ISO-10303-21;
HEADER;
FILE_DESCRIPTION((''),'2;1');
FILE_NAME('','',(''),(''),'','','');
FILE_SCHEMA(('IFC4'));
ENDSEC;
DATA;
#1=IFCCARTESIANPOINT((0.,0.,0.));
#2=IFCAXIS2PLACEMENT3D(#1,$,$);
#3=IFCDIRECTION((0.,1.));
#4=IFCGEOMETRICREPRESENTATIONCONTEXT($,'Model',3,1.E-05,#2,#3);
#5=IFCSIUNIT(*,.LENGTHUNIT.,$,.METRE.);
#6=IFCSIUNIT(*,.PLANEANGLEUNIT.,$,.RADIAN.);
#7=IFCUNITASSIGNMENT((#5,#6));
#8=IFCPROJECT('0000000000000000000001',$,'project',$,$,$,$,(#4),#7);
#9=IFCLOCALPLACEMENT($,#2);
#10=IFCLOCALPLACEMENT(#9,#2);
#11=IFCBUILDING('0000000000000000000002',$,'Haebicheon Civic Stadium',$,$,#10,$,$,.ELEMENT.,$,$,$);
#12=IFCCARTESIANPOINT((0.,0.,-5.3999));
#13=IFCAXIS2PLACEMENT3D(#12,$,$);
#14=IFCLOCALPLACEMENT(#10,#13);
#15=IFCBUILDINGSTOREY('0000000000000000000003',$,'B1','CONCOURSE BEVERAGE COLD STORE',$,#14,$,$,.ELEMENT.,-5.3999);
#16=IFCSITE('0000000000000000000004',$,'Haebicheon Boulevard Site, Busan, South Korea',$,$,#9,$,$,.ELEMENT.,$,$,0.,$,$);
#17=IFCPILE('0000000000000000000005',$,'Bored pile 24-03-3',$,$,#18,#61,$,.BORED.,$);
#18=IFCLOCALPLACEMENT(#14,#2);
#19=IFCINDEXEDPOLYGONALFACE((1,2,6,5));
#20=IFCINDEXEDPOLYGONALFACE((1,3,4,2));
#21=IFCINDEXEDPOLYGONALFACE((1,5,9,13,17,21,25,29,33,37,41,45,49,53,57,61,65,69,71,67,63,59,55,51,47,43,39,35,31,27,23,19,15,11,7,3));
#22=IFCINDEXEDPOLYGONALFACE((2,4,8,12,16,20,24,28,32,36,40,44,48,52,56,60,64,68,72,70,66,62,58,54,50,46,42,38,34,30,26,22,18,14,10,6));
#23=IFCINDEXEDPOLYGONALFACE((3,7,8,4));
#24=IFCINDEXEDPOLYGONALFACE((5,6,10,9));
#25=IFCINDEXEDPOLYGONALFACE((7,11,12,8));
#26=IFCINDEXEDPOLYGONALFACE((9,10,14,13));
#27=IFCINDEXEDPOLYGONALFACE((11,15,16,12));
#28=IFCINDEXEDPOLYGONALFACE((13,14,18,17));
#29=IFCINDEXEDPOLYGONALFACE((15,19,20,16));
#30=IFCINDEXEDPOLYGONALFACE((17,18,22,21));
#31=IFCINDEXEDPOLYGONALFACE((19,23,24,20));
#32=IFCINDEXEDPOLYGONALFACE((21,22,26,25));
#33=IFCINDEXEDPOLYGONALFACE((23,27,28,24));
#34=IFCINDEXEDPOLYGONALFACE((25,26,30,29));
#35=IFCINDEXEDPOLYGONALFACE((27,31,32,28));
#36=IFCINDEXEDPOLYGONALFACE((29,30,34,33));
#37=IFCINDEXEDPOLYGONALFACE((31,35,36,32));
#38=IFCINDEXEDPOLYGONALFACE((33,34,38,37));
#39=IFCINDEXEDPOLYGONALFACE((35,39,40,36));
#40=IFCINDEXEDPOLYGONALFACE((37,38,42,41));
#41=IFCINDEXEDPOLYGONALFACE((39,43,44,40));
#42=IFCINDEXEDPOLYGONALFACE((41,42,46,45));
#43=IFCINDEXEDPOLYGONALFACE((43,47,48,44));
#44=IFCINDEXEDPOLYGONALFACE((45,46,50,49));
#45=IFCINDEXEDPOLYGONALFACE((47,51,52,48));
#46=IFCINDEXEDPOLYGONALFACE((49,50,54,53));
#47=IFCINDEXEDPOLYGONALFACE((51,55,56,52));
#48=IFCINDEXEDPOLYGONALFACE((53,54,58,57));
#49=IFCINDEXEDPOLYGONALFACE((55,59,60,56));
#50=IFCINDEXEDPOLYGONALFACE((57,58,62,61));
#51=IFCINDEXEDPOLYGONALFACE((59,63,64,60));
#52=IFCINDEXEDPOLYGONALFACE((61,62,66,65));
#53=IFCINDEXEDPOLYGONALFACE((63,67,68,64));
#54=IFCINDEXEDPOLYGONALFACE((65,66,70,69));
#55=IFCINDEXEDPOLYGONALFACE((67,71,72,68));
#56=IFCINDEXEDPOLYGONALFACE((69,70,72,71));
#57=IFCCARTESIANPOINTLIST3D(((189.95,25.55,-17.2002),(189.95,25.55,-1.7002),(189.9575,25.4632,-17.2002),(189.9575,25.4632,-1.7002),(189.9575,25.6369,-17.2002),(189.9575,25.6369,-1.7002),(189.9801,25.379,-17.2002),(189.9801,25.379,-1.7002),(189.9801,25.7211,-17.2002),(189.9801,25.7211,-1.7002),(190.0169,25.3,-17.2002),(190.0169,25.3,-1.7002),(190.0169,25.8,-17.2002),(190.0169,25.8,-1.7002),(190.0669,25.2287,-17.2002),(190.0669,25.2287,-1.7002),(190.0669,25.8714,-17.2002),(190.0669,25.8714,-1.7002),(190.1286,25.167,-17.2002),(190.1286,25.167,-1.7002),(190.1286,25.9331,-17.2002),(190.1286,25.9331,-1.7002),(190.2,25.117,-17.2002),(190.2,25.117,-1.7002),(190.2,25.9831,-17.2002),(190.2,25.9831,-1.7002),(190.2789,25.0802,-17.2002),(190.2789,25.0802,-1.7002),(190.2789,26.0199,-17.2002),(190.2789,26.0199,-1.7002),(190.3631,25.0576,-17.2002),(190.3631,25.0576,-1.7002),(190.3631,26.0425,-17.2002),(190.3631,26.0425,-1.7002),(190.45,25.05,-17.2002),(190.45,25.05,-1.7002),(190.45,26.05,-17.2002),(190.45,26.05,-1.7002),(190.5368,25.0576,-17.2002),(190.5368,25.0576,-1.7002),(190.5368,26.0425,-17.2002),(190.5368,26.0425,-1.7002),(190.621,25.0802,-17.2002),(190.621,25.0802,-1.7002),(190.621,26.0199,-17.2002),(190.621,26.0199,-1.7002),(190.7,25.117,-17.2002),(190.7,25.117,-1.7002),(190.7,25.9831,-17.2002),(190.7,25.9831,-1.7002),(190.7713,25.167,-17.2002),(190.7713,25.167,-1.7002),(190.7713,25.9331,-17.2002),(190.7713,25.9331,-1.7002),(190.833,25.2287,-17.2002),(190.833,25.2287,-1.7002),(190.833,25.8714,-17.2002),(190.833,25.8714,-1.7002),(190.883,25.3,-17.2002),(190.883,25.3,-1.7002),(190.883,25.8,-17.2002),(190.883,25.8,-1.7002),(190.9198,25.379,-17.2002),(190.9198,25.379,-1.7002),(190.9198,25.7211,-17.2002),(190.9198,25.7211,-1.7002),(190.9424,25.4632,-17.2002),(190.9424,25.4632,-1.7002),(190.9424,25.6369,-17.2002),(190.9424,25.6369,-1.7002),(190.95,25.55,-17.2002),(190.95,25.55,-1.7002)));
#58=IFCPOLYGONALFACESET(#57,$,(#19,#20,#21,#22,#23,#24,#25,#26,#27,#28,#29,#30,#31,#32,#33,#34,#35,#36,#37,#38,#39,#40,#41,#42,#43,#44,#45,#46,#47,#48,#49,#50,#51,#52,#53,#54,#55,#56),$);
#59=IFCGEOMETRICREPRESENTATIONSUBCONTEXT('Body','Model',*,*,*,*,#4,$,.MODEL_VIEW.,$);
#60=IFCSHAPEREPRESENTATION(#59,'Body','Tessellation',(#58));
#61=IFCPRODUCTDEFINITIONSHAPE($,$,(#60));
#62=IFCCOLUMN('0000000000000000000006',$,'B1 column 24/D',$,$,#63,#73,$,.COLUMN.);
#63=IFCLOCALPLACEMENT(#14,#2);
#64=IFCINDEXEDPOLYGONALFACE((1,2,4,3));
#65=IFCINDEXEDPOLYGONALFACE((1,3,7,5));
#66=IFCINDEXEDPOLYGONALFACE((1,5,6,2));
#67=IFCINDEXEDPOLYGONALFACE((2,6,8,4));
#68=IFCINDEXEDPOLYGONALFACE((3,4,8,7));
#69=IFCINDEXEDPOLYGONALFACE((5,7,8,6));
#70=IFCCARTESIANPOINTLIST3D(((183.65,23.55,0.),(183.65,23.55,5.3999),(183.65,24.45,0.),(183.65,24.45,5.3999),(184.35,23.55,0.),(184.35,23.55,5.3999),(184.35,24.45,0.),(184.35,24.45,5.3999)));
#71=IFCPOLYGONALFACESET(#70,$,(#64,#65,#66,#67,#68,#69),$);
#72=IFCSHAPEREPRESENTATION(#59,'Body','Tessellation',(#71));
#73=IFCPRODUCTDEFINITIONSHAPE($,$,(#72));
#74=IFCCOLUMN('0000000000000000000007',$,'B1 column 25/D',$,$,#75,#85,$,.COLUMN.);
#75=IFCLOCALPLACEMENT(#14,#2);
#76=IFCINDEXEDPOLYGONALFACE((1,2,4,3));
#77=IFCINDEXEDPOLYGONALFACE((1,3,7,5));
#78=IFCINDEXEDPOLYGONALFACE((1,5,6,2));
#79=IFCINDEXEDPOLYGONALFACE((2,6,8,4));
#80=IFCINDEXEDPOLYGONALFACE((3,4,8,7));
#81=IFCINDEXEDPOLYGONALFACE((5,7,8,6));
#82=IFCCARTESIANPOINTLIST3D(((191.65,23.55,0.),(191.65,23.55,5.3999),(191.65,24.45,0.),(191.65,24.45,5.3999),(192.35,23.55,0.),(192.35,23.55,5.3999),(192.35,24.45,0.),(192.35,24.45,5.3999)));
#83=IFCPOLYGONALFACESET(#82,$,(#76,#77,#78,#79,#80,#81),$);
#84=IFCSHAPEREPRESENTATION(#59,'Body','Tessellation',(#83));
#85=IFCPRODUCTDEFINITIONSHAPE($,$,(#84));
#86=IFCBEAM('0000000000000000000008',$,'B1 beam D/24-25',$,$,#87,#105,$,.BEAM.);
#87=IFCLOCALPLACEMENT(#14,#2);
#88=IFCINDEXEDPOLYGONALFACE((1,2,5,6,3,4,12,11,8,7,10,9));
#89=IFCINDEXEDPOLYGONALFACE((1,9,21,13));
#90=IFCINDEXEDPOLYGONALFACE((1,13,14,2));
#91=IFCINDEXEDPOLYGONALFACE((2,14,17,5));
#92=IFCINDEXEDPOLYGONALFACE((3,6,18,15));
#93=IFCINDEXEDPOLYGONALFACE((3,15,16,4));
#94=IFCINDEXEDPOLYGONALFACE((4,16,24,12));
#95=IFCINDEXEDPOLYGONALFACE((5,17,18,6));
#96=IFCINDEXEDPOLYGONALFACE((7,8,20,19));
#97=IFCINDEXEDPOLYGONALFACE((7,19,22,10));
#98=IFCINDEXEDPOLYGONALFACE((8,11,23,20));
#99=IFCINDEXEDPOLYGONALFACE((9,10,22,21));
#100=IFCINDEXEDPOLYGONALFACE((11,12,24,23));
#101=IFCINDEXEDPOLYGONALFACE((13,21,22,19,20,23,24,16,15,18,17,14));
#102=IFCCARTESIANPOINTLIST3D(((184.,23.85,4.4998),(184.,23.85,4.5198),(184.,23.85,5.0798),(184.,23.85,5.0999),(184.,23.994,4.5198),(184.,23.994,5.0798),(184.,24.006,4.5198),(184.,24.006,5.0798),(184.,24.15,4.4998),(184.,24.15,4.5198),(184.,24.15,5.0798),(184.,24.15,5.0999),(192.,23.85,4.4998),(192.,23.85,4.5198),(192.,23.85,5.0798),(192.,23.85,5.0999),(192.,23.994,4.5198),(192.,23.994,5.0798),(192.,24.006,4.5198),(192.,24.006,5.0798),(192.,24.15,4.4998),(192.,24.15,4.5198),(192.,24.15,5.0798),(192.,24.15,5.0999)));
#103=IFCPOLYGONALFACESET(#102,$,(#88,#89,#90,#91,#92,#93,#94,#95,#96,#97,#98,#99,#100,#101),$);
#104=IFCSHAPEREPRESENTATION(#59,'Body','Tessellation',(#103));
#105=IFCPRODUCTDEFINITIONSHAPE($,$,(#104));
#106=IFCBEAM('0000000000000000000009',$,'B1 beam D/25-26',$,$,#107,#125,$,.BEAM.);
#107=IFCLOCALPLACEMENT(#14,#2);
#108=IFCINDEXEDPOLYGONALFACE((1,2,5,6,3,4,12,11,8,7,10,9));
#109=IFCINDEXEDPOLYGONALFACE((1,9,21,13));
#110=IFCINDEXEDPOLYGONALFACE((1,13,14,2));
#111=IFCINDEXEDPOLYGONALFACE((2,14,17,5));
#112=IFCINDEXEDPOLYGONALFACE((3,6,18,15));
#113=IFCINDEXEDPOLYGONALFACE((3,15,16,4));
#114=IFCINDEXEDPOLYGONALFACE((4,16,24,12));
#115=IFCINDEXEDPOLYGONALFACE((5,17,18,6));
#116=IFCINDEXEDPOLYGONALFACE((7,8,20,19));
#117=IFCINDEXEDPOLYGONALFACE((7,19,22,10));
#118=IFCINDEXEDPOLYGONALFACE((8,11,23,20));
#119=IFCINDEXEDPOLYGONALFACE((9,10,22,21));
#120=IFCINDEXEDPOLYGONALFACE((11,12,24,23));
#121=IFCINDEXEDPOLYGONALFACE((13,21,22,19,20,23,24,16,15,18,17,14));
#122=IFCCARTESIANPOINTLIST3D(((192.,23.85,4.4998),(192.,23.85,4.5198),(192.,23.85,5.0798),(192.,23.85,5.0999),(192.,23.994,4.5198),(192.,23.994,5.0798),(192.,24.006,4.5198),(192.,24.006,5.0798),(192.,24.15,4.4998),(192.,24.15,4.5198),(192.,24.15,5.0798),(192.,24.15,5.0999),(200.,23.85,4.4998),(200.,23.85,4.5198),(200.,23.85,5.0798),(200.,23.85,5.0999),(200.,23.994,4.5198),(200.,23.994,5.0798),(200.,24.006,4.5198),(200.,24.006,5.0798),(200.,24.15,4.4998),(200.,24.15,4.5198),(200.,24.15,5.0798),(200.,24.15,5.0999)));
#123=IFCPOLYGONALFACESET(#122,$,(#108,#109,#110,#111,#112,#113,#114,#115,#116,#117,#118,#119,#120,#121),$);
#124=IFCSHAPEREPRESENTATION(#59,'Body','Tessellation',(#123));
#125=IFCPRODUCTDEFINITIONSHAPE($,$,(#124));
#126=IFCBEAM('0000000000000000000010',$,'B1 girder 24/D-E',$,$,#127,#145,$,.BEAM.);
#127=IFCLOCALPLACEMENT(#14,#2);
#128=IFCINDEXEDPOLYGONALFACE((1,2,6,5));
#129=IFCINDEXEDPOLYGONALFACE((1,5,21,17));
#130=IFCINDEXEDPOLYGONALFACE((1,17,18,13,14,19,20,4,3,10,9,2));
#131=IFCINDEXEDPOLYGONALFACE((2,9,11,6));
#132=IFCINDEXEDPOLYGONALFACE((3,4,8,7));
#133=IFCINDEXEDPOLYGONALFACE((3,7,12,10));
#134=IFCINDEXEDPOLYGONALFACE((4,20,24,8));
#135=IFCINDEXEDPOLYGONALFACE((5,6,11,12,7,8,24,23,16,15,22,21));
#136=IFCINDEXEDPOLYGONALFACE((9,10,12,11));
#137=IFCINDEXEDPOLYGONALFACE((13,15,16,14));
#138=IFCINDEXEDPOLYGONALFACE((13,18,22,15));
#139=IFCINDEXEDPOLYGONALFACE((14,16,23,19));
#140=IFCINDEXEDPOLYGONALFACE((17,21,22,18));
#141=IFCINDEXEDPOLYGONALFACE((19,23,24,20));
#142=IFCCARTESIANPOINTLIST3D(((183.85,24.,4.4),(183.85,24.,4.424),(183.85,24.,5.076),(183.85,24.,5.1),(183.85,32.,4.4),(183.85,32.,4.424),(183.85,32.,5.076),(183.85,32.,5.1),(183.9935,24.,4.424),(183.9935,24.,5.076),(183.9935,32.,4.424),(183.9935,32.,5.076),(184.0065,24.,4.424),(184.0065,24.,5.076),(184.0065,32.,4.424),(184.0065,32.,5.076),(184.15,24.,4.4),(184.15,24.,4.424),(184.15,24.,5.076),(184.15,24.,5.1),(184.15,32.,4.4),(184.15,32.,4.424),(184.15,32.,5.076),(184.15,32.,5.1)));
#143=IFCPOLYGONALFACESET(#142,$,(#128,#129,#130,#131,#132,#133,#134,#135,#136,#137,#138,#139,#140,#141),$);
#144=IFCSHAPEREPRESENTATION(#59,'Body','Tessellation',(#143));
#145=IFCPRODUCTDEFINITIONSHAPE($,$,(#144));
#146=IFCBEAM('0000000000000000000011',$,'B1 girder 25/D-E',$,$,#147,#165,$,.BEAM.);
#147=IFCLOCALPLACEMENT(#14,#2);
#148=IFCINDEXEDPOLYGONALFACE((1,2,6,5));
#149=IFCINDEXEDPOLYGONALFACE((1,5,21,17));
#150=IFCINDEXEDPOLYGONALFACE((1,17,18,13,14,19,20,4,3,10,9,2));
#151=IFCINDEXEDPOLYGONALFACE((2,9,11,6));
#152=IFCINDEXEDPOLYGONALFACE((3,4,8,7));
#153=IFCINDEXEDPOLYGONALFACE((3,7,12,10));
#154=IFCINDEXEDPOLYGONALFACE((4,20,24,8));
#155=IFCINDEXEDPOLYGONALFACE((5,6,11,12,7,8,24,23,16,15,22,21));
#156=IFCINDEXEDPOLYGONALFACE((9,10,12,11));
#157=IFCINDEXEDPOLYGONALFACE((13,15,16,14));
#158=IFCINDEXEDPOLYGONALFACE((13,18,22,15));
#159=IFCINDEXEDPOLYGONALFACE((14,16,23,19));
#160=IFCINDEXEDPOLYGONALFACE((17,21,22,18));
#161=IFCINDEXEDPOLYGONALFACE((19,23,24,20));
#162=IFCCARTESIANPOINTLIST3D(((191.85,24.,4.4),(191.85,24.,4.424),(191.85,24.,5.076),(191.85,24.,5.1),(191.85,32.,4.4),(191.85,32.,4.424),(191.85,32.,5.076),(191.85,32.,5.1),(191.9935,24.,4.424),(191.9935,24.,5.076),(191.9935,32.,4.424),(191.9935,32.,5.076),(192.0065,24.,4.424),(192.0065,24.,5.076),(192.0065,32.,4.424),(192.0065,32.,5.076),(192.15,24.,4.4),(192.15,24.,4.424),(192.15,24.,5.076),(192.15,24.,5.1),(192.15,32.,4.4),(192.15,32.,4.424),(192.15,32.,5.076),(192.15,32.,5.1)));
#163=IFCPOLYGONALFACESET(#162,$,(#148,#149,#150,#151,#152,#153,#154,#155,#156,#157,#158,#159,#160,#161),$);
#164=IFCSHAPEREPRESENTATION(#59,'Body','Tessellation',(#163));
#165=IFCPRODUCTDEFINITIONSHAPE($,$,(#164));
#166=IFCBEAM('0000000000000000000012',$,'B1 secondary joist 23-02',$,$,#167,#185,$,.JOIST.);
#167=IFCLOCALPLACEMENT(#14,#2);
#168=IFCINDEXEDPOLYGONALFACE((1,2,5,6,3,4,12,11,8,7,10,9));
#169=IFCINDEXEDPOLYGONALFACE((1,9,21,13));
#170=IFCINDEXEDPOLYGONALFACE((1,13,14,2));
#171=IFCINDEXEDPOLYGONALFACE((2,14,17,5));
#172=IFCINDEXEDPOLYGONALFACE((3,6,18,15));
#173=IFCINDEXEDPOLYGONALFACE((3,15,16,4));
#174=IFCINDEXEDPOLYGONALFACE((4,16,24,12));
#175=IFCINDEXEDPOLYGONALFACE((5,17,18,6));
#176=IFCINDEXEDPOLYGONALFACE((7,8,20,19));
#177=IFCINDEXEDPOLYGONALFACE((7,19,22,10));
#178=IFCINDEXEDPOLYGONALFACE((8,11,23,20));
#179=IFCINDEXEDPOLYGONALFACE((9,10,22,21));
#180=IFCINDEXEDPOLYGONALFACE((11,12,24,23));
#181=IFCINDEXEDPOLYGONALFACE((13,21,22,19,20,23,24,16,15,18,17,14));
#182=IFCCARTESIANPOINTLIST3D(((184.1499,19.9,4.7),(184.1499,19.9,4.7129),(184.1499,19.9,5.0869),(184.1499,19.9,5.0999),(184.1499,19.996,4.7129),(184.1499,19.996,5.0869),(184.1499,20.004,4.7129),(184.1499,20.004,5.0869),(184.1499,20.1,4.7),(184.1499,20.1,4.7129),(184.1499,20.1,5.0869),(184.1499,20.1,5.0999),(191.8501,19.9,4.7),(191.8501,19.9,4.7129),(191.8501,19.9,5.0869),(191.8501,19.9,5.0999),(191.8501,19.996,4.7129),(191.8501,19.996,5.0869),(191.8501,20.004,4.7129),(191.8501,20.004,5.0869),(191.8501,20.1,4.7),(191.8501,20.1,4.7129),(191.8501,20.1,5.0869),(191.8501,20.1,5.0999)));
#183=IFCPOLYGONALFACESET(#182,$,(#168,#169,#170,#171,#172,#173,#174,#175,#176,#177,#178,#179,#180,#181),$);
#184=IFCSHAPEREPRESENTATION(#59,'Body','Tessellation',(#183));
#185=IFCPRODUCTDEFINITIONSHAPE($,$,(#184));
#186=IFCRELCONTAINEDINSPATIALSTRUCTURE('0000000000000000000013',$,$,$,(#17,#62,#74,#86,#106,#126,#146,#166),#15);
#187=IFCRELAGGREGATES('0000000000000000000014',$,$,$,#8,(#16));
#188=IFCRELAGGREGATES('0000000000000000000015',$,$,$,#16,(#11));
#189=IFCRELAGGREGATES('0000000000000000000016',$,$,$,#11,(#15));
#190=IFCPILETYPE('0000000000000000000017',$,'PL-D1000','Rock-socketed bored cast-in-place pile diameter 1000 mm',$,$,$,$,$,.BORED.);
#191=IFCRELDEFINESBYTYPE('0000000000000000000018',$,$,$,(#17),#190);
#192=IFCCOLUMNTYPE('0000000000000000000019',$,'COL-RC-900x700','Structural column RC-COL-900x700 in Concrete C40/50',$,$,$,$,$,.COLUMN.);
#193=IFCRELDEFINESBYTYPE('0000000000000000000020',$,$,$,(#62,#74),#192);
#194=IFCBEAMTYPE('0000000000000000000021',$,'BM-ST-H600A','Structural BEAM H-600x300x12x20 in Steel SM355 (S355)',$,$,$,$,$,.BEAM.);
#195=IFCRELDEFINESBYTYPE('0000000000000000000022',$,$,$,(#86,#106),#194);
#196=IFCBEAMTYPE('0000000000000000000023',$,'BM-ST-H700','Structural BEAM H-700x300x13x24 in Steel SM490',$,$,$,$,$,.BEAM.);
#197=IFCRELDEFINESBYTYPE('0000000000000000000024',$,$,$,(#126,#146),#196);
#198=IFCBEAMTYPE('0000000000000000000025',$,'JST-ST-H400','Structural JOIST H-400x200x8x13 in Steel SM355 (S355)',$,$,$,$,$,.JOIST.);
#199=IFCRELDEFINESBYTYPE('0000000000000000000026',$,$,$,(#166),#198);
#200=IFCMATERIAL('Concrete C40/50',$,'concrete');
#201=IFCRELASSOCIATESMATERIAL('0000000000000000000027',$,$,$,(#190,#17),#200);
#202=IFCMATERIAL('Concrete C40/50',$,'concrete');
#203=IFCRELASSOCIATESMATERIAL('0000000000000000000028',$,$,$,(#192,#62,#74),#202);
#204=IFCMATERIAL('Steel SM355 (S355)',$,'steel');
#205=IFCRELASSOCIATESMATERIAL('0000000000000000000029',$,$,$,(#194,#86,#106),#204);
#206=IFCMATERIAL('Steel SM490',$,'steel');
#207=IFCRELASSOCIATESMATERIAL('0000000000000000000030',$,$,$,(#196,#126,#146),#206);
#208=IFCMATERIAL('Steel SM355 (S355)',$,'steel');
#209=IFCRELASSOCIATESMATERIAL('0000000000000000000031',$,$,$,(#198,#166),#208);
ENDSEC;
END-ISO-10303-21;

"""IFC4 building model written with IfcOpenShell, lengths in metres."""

from ifc_helpers import new_model, si_unit, direction, frame, origin, origin_2d, place, context, subcontext, project, spatial, rectangle, circle, i_section, extrude, material, material_profile, profile_set, type_object, element, save


model = new_model("IFC4")

# Units and contexts
model_context = context("Model", 3, precision=1e-05, world=origin(), true_north=direction((0.0, 1.0)))
body_context = subcontext(model_context, "Body", "Model", "MODEL_VIEW")
ifc_project = project(units=[si_unit("LENGTHUNIT", "METRE"), si_unit("PLANEANGLEUNIT", "RADIAN")], contexts=[model_context])

# Site, building, storey
site_placement = place(None, origin())
site = spatial("IfcSite", under=ifc_project, at=site_placement, Name="Haebicheon Boulevard Site, Busan, South Korea", CompositionType="ELEMENT", RefElevation=0.0)
building_placement = place(site_placement, origin())
building = spatial("IfcBuilding", under=site, at=building_placement, Name="Haebicheon Civic Stadium", CompositionType="ELEMENT")
storey_placement = place(building_placement, frame((0.0, 0.0, -5.3999)))
storey = spatial("IfcBuildingStorey", under=building, at=storey_placement, Name="B1", Description="CONCOURSE BEVERAGE COLD STORE", CompositionType="ELEMENT", Elevation=-5.3999)

# Pile
ifc_material_1 = material(Name="Concrete C40/50", Category="concrete")
ifc_material_profile_1 = material_profile(ifc_material_1, circle(Radius=0.5, at=origin_2d()), Name="PILE-D1000")
ifc_profile_set_1 = profile_set([ifc_material_profile_1], Name="Concrete C40/50")
pile_type = type_object("IfcPileType", Name="PL-D1000", Description="Rock-socketed bored cast-in-place pile diameter 1000 mm", PredefinedType="BORED", material=ifc_profile_set_1)
for number, where, z_axis, x_axis, name in (
    (1, (190.45, 25.55, -1.7002), (0.0, 0.0, -1.0), (1.0, 0.0, 0.0), "Bored pile 24-03-3"),
):
    element("IfcPile", number, at=place(storey_placement, frame(where, z_axis=z_axis, x_axis=x_axis)), inside=storey, type_object=pile_type, material=ifc_profile_set_1, Name=name, PredefinedType="BORED", context=body_context, shape_type="SweptSolid", body=[
        extrude(circle(Radius=0.5, at=origin_2d()), origin(), (0.0, 0.0, 1.0), 15.5),
    ])

# Columns
ifc_material_2 = material(Name="Concrete C40/50", Category="concrete")
ifc_material_profile_2 = material_profile(ifc_material_2, rectangle(XDim=0.7, YDim=0.8999, at=origin_2d()), Name="RC-COL-900x700")
ifc_profile_set_2 = profile_set([ifc_material_profile_2], Name="Concrete C40/50")
column_type = type_object("IfcColumnType", Name="COL-RC-900x700", Description="Structural column RC-COL-900x700 in Concrete C40/50", PredefinedType="COLUMN", material=ifc_profile_set_2)
for number, where, z_axis, x_axis, name in (
    (2, (184.0, 24.0, 0.0), (0.0, 0.0, 1.0), (1.0, 0.0, 0.0), "B1 column 24/D"),
    (3, (192.0, 24.0, 0.0), (0.0, 0.0, 1.0), (1.0, 0.0, 0.0), "B1 column 25/D"),
):
    element("IfcColumn", number, at=place(storey_placement, frame(where, z_axis=z_axis, x_axis=x_axis)), inside=storey, type_object=column_type, material=ifc_profile_set_2, Name=name, PredefinedType="COLUMN", context=body_context, shape_type="SweptSolid", body=[
        extrude(rectangle(XDim=0.7, YDim=0.8999, at=origin_2d()), origin(), (0.0, 0.0, 1.0), 5.3999),
    ])

# Beams
ifc_material_3 = material(Name="Steel SM355 (S355)", Category="steel")
ifc_material_profile_3 = material_profile(ifc_material_3, i_section(OverallWidth=0.3, OverallDepth=0.6001, WebThickness=0.012, FlangeThickness=0.02, at=origin_2d()), Name="H-600x300x12x20")
ifc_profile_set_3 = profile_set([ifc_material_profile_3], Name="Steel SM355 (S355)")
beam_type_1 = type_object("IfcBeamType", Name="BM-ST-H600A", Description="Structural BEAM H-600x300x12x20 in Steel SM355 (S355)", PredefinedType="BEAM", material=ifc_profile_set_3)
for number, where, z_axis, x_axis, name in (
    (4, (184.0, 24.0, 4.7998), (1.0, 0.0, 0.0), (0.0, 1.0, 0.0), "B1 beam D/24-25"),
    (5, (192.0, 24.0, 4.7998), (1.0, 0.0, 0.0), (0.0, 1.0, 0.0), "B1 beam D/25-26"),
):
    element("IfcBeam", number, at=place(storey_placement, frame(where, z_axis=z_axis, x_axis=x_axis)), inside=storey, type_object=beam_type_1, material=ifc_profile_set_3, Name=name, PredefinedType="BEAM", context=body_context, shape_type="SweptSolid", body=[
        extrude(i_section(OverallWidth=0.3, OverallDepth=0.6001, WebThickness=0.012, FlangeThickness=0.02, at=origin_2d()), origin(), (0.0, 0.0, 1.0), 8.0),
    ])
ifc_material_4 = material(Name="Steel SM490", Category="steel")
ifc_material_profile_4 = material_profile(ifc_material_4, i_section(OverallWidth=0.3, OverallDepth=0.7, WebThickness=0.0129, FlangeThickness=0.0239, at=origin_2d()), Name="H-700x300x13x24")
ifc_profile_set_4 = profile_set([ifc_material_profile_4], Name="Steel SM490")
beam_type_2 = type_object("IfcBeamType", Name="BM-ST-H700", Description="Structural BEAM H-700x300x13x24 in Steel SM490", PredefinedType="BEAM", material=ifc_profile_set_4)
for number, where, z_axis, x_axis, name in (
    (6, (184.0, 24.0, 4.75), (0.0, 1.0, 0.0), (-1.0, 0.0, 0.0), "B1 girder 24/D-E"),
    (7, (192.0, 24.0, 4.75), (0.0, 1.0, 0.0), (-1.0, 0.0, 0.0), "B1 girder 25/D-E"),
):
    element("IfcBeam", number, at=place(storey_placement, frame(where, z_axis=z_axis, x_axis=x_axis)), inside=storey, type_object=beam_type_2, material=ifc_profile_set_4, Name=name, PredefinedType="BEAM", context=body_context, shape_type="SweptSolid", body=[
        extrude(i_section(OverallWidth=0.3, OverallDepth=0.7, WebThickness=0.0129, FlangeThickness=0.0239, at=origin_2d()), origin(), (0.0, 0.0, 1.0), 8.0),
    ])
ifc_material_5 = material(Name="Steel SM355 (S355)", Category="steel")
ifc_material_profile_5 = material_profile(ifc_material_5, i_section(OverallWidth=0.2, OverallDepth=0.3999, WebThickness=0.0081, FlangeThickness=0.0129, at=origin_2d()), Name="H-400x200x8x13")
ifc_profile_set_5 = profile_set([ifc_material_profile_5], Name="Steel SM355 (S355)")
beam_type_3 = type_object("IfcBeamType", Name="JST-ST-H400", Description="Structural JOIST H-400x200x8x13 in Steel SM355 (S355)", PredefinedType="JOIST", material=ifc_profile_set_5)
for number, where, z_axis, x_axis, name in (
    (8, (184.1499, 20.0, 4.8999), (1.0, 0.0, 0.0), (0.0, 1.0, 0.0), "B1 secondary joist 23-02"),
):
    element("IfcBeam", number, at=place(storey_placement, frame(where, z_axis=z_axis, x_axis=x_axis)), inside=storey, type_object=beam_type_3, material=ifc_profile_set_5, Name=name, PredefinedType="JOIST", context=body_context, shape_type="SweptSolid", body=[
        extrude(i_section(OverallWidth=0.2, OverallDepth=0.3999, WebThickness=0.0081, FlangeThickness=0.0129, at=origin_2d()), origin(), (0.0, 0.0, 1.0), 7.7002),
    ])

save(model, "model.ifc")
